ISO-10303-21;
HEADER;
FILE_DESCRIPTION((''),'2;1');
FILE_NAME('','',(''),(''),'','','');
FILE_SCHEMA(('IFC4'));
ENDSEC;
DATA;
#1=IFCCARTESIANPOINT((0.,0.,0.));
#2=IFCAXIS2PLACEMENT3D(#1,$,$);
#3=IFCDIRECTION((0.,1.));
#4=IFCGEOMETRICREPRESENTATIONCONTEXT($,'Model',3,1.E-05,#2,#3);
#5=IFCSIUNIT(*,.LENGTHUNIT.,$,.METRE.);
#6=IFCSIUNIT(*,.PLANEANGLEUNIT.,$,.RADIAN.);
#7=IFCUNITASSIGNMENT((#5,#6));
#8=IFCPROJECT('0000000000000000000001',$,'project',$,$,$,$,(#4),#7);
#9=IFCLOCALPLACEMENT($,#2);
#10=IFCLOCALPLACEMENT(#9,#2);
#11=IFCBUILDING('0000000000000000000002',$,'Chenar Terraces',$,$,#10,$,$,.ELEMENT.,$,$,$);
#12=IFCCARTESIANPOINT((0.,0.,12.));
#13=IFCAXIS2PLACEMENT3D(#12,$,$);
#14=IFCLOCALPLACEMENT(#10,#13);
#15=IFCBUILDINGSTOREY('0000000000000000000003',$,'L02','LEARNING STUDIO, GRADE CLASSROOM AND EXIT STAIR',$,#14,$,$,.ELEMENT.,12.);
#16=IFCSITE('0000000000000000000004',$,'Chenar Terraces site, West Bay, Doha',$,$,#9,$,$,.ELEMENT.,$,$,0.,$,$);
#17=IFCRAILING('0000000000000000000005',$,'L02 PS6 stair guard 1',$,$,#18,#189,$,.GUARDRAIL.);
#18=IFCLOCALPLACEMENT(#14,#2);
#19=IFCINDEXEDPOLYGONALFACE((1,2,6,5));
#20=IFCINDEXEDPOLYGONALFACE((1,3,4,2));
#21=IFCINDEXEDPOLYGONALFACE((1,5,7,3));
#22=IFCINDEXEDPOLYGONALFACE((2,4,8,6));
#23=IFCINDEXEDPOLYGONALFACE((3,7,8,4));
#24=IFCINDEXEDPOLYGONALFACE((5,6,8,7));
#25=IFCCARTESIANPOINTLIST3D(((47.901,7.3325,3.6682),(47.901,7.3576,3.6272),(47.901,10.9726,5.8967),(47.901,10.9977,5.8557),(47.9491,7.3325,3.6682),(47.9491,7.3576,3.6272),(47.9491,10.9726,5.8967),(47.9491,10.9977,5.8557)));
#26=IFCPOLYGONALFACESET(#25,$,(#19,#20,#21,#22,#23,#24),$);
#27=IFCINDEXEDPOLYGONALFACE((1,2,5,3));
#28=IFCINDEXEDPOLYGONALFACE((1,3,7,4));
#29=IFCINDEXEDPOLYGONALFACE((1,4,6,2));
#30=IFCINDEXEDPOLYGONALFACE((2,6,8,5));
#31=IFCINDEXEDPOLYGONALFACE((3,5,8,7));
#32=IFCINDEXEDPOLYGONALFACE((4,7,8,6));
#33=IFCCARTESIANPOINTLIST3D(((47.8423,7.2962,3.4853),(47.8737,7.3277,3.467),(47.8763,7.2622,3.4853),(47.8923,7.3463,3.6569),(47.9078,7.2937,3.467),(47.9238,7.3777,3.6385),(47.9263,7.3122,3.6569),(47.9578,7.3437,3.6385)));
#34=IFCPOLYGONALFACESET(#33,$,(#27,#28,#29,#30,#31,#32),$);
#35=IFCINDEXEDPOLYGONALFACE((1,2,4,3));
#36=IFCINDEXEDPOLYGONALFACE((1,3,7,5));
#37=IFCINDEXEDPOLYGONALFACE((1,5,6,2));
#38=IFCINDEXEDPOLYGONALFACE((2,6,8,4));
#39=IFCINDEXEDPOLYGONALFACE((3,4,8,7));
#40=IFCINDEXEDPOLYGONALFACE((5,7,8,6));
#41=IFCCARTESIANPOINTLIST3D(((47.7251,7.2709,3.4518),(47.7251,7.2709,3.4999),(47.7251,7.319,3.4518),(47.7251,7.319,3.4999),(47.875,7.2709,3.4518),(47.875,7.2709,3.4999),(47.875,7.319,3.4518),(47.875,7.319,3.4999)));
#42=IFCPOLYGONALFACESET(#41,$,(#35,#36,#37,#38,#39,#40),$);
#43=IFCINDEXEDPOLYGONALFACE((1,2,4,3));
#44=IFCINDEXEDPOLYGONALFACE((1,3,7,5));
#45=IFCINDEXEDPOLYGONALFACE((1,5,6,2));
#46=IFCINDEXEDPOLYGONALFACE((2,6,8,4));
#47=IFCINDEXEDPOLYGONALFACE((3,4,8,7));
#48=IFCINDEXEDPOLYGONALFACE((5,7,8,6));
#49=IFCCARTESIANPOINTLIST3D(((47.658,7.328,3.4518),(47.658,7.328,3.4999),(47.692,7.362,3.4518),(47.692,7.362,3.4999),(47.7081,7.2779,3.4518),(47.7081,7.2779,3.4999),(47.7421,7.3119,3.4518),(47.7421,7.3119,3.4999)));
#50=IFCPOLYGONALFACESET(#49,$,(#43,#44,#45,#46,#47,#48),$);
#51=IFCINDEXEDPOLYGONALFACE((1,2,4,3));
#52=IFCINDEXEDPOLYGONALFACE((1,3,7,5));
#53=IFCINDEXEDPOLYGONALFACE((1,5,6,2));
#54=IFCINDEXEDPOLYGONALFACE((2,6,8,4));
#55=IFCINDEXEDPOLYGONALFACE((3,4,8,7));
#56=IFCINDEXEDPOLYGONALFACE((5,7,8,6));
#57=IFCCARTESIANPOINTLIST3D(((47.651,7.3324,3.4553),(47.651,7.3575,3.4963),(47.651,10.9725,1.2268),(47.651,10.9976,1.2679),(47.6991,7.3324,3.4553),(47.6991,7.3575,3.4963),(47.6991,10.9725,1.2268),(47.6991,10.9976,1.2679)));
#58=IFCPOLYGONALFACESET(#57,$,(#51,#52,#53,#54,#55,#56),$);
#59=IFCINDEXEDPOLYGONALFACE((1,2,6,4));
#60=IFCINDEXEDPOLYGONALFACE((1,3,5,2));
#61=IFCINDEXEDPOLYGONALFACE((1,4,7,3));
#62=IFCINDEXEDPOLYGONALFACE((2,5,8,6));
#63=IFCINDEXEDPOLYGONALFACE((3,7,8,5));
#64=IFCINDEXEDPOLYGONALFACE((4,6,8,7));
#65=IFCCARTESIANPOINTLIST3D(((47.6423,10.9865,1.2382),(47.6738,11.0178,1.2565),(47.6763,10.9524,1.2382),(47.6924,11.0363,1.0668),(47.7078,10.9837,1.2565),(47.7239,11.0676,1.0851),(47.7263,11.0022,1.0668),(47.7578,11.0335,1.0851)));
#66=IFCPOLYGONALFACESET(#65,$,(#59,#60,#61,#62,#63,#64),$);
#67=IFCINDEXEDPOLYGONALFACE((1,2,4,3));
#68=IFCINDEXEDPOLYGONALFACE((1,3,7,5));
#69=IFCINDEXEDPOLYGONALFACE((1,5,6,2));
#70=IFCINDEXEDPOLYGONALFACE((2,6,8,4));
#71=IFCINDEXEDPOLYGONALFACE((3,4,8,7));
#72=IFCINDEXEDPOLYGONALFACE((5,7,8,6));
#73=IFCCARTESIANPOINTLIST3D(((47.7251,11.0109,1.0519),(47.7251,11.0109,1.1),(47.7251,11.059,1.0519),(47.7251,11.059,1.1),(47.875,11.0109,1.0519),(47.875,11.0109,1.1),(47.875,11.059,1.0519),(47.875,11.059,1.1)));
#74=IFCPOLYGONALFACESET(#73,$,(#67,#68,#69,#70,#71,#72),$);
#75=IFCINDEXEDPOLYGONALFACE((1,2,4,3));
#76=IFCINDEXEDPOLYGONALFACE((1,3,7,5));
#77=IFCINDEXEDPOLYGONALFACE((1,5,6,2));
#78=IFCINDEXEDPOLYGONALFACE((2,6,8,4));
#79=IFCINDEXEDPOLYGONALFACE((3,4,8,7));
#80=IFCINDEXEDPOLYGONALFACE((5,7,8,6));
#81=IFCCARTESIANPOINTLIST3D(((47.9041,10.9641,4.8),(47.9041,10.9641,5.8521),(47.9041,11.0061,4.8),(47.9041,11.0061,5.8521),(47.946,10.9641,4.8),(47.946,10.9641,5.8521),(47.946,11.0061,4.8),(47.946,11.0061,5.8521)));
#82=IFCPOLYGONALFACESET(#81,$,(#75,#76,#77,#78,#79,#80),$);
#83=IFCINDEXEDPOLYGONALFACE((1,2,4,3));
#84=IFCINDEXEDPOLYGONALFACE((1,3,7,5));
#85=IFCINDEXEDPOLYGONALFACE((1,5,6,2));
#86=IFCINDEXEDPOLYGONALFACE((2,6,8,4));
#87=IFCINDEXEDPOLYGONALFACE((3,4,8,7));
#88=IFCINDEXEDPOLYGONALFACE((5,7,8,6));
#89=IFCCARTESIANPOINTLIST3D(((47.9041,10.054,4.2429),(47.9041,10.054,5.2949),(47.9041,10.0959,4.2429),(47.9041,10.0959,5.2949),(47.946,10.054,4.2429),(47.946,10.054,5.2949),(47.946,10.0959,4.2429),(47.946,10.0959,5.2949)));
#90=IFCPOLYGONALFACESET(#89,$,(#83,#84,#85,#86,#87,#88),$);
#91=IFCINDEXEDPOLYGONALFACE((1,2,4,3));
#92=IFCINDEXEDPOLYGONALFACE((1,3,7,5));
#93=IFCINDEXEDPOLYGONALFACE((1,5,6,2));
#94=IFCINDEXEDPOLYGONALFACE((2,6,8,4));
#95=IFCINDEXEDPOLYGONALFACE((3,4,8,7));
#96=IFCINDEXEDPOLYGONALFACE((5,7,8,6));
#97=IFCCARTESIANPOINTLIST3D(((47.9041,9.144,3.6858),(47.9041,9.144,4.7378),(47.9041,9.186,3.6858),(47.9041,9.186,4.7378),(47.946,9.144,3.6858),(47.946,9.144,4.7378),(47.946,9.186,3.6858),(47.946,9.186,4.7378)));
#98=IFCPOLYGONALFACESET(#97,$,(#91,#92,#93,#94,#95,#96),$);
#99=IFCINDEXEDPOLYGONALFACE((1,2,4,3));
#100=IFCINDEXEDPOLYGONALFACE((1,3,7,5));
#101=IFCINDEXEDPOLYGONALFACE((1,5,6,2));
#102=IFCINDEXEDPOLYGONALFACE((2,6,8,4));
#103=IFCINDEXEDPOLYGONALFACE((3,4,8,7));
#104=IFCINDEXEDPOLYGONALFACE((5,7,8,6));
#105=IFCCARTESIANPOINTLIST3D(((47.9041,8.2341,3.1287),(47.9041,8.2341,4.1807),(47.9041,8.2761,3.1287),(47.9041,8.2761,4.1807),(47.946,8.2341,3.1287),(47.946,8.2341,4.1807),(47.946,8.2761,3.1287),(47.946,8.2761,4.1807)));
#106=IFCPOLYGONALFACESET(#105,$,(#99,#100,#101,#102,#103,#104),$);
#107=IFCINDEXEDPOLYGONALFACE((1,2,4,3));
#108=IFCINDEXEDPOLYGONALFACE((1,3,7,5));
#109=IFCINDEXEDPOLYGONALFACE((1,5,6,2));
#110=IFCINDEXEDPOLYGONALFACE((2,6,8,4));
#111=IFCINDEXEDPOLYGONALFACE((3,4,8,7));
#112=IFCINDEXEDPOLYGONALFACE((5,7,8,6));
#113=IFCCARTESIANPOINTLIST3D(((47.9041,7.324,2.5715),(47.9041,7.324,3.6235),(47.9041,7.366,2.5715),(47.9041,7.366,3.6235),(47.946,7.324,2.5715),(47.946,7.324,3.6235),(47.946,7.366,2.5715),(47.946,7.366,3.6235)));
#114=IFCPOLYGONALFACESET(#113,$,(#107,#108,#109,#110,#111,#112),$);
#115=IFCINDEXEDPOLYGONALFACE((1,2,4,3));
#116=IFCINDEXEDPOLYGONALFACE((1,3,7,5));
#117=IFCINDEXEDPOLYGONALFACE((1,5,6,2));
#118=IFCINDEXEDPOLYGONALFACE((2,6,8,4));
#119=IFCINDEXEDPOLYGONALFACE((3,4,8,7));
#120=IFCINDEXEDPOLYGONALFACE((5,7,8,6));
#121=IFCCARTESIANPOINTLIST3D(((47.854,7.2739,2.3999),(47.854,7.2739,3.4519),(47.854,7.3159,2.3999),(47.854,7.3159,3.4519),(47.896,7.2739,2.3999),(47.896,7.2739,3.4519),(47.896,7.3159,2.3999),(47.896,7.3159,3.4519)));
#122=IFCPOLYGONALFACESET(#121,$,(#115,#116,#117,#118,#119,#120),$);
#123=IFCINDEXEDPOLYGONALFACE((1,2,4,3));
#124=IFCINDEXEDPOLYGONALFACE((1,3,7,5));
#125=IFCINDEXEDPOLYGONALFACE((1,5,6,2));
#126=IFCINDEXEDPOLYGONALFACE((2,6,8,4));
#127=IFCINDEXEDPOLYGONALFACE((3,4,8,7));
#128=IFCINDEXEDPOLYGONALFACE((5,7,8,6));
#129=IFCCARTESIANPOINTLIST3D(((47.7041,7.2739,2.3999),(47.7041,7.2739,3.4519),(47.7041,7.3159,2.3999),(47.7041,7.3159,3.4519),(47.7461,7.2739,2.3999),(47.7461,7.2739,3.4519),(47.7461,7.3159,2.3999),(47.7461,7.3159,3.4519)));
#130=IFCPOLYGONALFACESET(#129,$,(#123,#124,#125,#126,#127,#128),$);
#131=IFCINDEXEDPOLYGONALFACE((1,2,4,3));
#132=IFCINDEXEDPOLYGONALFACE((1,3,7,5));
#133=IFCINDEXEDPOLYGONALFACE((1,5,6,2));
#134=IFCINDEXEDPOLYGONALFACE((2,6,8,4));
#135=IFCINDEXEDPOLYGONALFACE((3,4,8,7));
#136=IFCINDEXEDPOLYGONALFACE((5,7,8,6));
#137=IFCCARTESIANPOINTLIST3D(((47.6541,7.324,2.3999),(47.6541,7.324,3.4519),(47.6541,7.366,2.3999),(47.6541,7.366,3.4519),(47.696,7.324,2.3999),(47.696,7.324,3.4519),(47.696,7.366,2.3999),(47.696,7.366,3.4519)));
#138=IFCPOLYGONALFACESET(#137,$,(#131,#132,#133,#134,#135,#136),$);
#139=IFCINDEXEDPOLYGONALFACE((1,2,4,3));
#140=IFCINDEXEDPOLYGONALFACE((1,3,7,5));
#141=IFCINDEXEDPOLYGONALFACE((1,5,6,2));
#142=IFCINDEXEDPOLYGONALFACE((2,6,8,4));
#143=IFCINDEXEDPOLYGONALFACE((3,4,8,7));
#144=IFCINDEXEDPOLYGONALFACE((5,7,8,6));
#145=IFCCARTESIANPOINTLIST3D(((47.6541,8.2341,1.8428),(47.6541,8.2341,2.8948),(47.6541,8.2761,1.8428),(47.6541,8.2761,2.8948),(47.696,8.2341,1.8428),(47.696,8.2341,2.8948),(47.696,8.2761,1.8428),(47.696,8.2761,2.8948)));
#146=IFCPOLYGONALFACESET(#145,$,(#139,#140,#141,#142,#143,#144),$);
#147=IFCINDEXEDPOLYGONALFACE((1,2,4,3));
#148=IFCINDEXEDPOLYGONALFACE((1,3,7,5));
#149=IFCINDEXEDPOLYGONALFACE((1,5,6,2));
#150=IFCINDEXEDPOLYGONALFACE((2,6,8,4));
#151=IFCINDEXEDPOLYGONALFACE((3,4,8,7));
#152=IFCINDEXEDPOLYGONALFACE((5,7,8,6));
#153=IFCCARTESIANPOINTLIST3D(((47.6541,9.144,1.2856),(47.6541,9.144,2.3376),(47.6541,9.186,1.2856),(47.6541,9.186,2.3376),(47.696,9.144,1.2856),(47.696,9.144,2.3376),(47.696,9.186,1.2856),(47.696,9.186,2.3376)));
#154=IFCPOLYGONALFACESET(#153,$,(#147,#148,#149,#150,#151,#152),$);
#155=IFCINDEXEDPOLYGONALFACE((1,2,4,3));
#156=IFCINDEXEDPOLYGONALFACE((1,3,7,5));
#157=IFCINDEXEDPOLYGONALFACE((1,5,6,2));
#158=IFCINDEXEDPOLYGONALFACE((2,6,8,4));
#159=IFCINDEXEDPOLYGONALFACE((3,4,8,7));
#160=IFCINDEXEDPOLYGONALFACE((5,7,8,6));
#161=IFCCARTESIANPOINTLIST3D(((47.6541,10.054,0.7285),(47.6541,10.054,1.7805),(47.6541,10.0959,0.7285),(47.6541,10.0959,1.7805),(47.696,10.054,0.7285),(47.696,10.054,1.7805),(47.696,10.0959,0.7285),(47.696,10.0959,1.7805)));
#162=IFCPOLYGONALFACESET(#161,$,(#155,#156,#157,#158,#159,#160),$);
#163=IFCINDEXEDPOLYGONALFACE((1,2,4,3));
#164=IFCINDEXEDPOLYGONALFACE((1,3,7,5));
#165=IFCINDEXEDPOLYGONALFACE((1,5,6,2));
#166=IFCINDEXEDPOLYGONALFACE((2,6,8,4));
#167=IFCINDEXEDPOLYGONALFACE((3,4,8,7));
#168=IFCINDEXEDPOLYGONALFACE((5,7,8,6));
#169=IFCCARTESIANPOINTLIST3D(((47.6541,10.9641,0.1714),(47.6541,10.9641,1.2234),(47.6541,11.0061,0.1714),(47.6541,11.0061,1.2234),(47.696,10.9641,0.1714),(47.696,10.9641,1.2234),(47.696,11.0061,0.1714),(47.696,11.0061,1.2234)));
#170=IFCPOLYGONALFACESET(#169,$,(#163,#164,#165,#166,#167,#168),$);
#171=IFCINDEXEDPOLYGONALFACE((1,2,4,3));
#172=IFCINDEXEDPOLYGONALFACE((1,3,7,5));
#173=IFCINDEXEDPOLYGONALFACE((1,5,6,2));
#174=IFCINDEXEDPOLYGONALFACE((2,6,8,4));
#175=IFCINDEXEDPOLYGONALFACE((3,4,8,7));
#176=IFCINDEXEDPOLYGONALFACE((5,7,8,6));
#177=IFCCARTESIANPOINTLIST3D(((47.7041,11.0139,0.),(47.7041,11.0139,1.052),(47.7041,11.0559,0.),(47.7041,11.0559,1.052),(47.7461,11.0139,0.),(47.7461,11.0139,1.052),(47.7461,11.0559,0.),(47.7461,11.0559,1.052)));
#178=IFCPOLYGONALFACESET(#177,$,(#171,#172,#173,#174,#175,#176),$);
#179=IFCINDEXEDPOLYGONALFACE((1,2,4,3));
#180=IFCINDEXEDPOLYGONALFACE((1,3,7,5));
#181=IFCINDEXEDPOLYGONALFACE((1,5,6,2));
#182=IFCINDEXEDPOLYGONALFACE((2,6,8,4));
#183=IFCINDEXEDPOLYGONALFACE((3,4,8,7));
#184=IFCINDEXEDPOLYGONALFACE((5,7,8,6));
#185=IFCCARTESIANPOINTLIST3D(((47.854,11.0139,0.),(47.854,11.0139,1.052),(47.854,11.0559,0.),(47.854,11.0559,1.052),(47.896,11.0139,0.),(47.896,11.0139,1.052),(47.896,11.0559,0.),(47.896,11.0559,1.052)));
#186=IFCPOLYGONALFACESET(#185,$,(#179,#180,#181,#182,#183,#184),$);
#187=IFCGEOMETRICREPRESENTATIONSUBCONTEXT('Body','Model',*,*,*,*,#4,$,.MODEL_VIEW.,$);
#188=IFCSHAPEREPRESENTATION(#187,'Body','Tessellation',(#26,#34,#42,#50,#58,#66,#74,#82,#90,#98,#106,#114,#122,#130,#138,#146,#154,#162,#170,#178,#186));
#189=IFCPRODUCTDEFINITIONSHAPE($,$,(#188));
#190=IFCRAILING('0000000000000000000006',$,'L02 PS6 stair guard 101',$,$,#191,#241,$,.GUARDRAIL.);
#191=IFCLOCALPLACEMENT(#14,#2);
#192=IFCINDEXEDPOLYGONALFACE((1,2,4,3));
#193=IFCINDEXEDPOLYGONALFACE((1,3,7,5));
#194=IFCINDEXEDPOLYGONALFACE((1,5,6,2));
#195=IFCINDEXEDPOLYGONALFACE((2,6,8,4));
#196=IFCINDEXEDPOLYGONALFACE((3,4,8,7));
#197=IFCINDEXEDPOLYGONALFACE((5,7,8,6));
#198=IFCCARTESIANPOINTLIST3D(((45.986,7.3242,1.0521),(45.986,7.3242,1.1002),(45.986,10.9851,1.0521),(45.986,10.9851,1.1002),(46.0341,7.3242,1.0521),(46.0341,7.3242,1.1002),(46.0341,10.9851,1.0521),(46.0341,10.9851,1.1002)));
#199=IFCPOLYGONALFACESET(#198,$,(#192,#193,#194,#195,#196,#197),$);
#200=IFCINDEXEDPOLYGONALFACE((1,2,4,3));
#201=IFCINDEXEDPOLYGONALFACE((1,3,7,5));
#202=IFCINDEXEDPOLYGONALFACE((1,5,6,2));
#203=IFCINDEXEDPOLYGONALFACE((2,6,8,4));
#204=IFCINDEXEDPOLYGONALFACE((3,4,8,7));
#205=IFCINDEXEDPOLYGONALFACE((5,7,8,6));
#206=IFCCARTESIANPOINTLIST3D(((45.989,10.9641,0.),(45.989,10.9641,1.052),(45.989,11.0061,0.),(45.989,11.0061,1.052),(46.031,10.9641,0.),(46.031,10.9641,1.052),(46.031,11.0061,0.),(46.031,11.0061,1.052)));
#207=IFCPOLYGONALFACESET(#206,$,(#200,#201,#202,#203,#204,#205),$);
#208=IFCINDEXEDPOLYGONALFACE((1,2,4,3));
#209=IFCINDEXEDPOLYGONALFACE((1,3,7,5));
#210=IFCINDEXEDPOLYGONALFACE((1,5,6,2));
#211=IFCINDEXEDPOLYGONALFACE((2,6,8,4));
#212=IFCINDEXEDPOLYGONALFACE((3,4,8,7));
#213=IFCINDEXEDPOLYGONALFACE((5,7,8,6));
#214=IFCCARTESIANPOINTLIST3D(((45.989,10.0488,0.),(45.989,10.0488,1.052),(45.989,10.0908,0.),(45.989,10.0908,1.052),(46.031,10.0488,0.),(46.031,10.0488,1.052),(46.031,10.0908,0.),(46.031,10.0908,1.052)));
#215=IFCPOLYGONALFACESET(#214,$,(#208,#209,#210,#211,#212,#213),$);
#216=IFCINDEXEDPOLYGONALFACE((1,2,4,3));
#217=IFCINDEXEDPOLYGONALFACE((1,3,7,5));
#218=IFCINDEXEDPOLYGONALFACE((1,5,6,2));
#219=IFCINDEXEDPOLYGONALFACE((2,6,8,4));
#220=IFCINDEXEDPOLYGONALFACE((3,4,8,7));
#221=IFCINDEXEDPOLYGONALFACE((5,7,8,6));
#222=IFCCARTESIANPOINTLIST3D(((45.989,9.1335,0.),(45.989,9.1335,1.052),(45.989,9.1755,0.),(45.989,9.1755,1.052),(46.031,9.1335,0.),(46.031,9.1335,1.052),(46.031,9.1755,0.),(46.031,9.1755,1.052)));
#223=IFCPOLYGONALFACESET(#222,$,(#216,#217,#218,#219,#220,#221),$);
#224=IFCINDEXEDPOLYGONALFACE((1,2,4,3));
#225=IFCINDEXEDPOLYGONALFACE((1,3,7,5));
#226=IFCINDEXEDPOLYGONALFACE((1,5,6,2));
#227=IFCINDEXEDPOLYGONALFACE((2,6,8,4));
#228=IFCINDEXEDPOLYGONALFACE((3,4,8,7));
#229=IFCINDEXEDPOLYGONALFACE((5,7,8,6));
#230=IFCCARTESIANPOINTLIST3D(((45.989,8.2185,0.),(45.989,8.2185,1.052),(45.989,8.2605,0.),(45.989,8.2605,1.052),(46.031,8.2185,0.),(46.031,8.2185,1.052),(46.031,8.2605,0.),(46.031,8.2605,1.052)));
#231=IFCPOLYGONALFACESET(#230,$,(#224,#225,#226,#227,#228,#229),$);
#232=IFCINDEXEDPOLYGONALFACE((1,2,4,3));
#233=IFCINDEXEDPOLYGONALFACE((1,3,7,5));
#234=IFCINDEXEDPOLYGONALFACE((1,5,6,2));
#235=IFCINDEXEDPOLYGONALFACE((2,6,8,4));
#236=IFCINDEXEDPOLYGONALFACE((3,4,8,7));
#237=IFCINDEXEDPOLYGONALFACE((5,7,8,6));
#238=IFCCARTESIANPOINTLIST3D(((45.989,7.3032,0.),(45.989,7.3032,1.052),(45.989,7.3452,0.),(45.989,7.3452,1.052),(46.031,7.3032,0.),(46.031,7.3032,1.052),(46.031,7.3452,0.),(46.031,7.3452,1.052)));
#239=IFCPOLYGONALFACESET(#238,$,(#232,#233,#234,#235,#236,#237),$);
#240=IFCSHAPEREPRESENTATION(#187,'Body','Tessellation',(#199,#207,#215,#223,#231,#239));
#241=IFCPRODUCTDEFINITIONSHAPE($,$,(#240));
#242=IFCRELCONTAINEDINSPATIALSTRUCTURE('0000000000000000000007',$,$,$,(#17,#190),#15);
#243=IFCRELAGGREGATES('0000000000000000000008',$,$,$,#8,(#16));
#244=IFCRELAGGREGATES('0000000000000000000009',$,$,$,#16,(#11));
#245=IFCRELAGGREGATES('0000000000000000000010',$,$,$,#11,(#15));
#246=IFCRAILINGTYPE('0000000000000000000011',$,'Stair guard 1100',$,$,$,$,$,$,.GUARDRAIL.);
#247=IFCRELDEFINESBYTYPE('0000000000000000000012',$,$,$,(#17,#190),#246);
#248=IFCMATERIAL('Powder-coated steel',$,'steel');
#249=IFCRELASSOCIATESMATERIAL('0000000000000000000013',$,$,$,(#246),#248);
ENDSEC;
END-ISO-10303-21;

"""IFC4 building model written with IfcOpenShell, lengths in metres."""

from ifc_helpers import new_model, si_unit, direction, frame, origin, origin_2d, place, context, subcontext, project, spatial, rectangle, extrude, material, type_object, element, save


model = new_model("IFC4")

# Units and contexts
model_context = context("Model", 3, precision=1e-05, world=origin(), true_north=direction((0.0, 1.0)))
body_context = subcontext(model_context, "Body", "Model", "MODEL_VIEW")
ifc_project = project(units=[si_unit("LENGTHUNIT", "METRE"), si_unit("PLANEANGLEUNIT", "RADIAN")], contexts=[model_context])

# Site, building, storey
site_placement = place(None, origin())
site = spatial("IfcSite", under=ifc_project, at=site_placement, Name="Chenar Terraces site, West Bay, Doha", CompositionType="ELEMENT", RefElevation=0.0)
building_placement = place(site_placement, origin())
building = spatial("IfcBuilding", under=site, at=building_placement, Name="Chenar Terraces", CompositionType="ELEMENT")
storey_placement = place(building_placement, frame((0.0, 0.0, 12.0)))
storey = spatial("IfcBuildingStorey", under=building, at=storey_placement, Name="L02", Description="LEARNING STUDIO, GRADE CLASSROOM AND EXIT STAIR", CompositionType="ELEMENT", Elevation=12.0)

# Railings
ifc_material_1 = material(Name="Powder-coated steel", Category="steel")
railing_type_1 = type_object("IfcRailingType", Name="Stair guard 1100", PredefinedType="GUARDRAIL", material=ifc_material_1)
railing_1_placement = place(storey_placement, frame((47.925, 10.9851, 4.8)))
element("IfcRailing", 1, at=railing_1_placement, inside=storey, type_object=railing_type_1, Name="L02 PS6 stair guard 1", PredefinedType="GUARDRAIL", context=body_context, shape_type="SweptSolid", body=[
    extrude(rectangle(XDim=0.0481, YDim=0.0481, at=origin_2d()), frame((0.0, 0.0, 1.0762), z_axis=(0.0, -0.852866, -0.52213), x_axis=(1.0, 0.0, 0.0)), (0.0, 0.0, 1.0), 4.2681),
    extrude(rectangle(XDim=0.0481, YDim=0.0481, at=origin_2d()), frame((0.0, -3.6401, -1.1523), z_axis=(-0.269583, -0.269583, -0.924473), x_axis=(0.707107, -0.707107, 0.0)), (0.0, 0.0, 1.0), 0.1855),
    extrude(rectangle(XDim=0.0481, YDim=0.0481, at=origin_2d()), frame((-0.05, -3.6902, -1.3242), z_axis=(-1.0, 0.0, 0.0), x_axis=(0.0, -1.0, 0.0)), (0.0, 0.0, 1.0), 0.1499),
    extrude(rectangle(XDim=0.0481, YDim=0.0481, at=origin_2d()), frame((-0.2, -3.6902, -1.3242), z_axis=(-0.707107, 0.707107, 0.0), x_axis=(-0.707107, -0.707107, 0.0)), (0.0, 0.0, 1.0), 0.0708),
    extrude(rectangle(XDim=0.0481, YDim=0.0481, at=origin_2d()), frame((-0.25, -3.6401, -1.3242), z_axis=(0.0, 0.852866, -0.52213), x_axis=(-1.0, 0.0, 0.0)), (0.0, 0.0, 1.0), 4.2681),
    extrude(rectangle(XDim=0.0481, YDim=0.0481, at=origin_2d()), frame((-0.25, 0.0, -3.5527), z_axis=(0.270007, 0.26869, -0.924609), x_axis=(-0.705376, 0.708834, 0.0)), (0.0, 0.0, 1.0), 0.1853),
    extrude(rectangle(XDim=0.0481, YDim=0.0481, at=origin_2d()), frame((-0.2, 0.0498, -3.7241), z_axis=(1.0, 0.0, 0.0), x_axis=(0.0, 1.0, 0.0)), (0.0, 0.0, 1.0), 0.1499),
    extrude(rectangle(XDim=0.042, YDim=0.042, at=origin_2d()), origin(), (0.0, 0.0, 1.0), 1.052),
    extrude(rectangle(XDim=0.042, YDim=0.042, at=origin_2d()), frame((0.0, -0.9102, -0.5571)), (0.0, 0.0, 1.0), 1.052),
    extrude(rectangle(XDim=0.042, YDim=0.042, at=origin_2d()), frame((0.0, -1.8201, -1.1143)), (0.0, 0.0, 1.0), 1.052),
    extrude(rectangle(XDim=0.042, YDim=0.042, at=origin_2d()), frame((0.0, -2.73, -1.6714)), (0.0, 0.0, 1.0), 1.052),
    extrude(rectangle(XDim=0.042, YDim=0.042, at=origin_2d()), frame((0.0, -3.6401, -2.2285)), (0.0, 0.0, 1.0), 1.052),
    extrude(rectangle(XDim=0.042, YDim=0.042, at=origin_2d()), frame((-0.05, -3.6902, -2.4001)), (0.0, 0.0, 1.0), 1.052),
    extrude(rectangle(XDim=0.042, YDim=0.042, at=origin_2d()), frame((-0.2, -3.6902, -2.4001)), (0.0, 0.0, 1.0), 1.052),
    extrude(rectangle(XDim=0.042, YDim=0.042, at=origin_2d()), frame((-0.25, -3.6401, -2.4001)), (0.0, 0.0, 1.0), 1.052),
    extrude(rectangle(XDim=0.042, YDim=0.042, at=origin_2d()), frame((-0.25, -2.73, -2.9573)), (0.0, 0.0, 1.0), 1.052),
    extrude(rectangle(XDim=0.042, YDim=0.042, at=origin_2d()), frame((-0.25, -1.8201, -3.5144)), (0.0, 0.0, 1.0), 1.052),
    extrude(rectangle(XDim=0.042, YDim=0.042, at=origin_2d()), frame((-0.25, -0.9102, -4.0715)), (0.0, 0.0, 1.0), 1.052),
    extrude(rectangle(XDim=0.042, YDim=0.042, at=origin_2d()), frame((-0.25, 0.0, -4.6287)), (0.0, 0.0, 1.0), 1.052),
    extrude(rectangle(XDim=0.042, YDim=0.042, at=origin_2d()), frame((-0.2, 0.0498, -4.8)), (0.0, 0.0, 1.0), 1.052),
    extrude(rectangle(XDim=0.042, YDim=0.042, at=origin_2d()), frame((-0.05, 0.0498, -4.8)), (0.0, 0.0, 1.0), 1.052),
])
railing_2_placement = place(storey_placement, frame((46.01, 10.9851, 0.0)))
element("IfcRailing", 2, at=railing_2_placement, inside=storey, type_object=railing_type_1, Name="L02 PS6 stair guard 101", PredefinedType="GUARDRAIL", context=body_context, shape_type="SweptSolid", body=[
    extrude(rectangle(XDim=0.0481, YDim=0.0481, at=origin_2d()), frame((0.0, 0.0, 1.0762), z_axis=(0.0, -1.0, 0.0), x_axis=(1.0, 0.0, 0.0)), (0.0, 0.0, 1.0), 3.6609),
    extrude(rectangle(XDim=0.042, YDim=0.042, at=origin_2d()), origin(), (0.0, 0.0, 1.0), 1.052),
    extrude(rectangle(XDim=0.042, YDim=0.042, at=origin_2d()), frame((0.0, -0.9153, 0.0)), (0.0, 0.0, 1.0), 1.052),
    extrude(rectangle(XDim=0.042, YDim=0.042, at=origin_2d()), frame((0.0, -1.8306, 0.0)), (0.0, 0.0, 1.0), 1.052),
    extrude(rectangle(XDim=0.042, YDim=0.042, at=origin_2d()), frame((0.0, -2.7456, 0.0)), (0.0, 0.0, 1.0), 1.052),
    extrude(rectangle(XDim=0.042, YDim=0.042, at=origin_2d()), frame((0.0, -3.6609, 0.0)), (0.0, 0.0, 1.0), 1.052),
])

save(model, "model.ifc")
